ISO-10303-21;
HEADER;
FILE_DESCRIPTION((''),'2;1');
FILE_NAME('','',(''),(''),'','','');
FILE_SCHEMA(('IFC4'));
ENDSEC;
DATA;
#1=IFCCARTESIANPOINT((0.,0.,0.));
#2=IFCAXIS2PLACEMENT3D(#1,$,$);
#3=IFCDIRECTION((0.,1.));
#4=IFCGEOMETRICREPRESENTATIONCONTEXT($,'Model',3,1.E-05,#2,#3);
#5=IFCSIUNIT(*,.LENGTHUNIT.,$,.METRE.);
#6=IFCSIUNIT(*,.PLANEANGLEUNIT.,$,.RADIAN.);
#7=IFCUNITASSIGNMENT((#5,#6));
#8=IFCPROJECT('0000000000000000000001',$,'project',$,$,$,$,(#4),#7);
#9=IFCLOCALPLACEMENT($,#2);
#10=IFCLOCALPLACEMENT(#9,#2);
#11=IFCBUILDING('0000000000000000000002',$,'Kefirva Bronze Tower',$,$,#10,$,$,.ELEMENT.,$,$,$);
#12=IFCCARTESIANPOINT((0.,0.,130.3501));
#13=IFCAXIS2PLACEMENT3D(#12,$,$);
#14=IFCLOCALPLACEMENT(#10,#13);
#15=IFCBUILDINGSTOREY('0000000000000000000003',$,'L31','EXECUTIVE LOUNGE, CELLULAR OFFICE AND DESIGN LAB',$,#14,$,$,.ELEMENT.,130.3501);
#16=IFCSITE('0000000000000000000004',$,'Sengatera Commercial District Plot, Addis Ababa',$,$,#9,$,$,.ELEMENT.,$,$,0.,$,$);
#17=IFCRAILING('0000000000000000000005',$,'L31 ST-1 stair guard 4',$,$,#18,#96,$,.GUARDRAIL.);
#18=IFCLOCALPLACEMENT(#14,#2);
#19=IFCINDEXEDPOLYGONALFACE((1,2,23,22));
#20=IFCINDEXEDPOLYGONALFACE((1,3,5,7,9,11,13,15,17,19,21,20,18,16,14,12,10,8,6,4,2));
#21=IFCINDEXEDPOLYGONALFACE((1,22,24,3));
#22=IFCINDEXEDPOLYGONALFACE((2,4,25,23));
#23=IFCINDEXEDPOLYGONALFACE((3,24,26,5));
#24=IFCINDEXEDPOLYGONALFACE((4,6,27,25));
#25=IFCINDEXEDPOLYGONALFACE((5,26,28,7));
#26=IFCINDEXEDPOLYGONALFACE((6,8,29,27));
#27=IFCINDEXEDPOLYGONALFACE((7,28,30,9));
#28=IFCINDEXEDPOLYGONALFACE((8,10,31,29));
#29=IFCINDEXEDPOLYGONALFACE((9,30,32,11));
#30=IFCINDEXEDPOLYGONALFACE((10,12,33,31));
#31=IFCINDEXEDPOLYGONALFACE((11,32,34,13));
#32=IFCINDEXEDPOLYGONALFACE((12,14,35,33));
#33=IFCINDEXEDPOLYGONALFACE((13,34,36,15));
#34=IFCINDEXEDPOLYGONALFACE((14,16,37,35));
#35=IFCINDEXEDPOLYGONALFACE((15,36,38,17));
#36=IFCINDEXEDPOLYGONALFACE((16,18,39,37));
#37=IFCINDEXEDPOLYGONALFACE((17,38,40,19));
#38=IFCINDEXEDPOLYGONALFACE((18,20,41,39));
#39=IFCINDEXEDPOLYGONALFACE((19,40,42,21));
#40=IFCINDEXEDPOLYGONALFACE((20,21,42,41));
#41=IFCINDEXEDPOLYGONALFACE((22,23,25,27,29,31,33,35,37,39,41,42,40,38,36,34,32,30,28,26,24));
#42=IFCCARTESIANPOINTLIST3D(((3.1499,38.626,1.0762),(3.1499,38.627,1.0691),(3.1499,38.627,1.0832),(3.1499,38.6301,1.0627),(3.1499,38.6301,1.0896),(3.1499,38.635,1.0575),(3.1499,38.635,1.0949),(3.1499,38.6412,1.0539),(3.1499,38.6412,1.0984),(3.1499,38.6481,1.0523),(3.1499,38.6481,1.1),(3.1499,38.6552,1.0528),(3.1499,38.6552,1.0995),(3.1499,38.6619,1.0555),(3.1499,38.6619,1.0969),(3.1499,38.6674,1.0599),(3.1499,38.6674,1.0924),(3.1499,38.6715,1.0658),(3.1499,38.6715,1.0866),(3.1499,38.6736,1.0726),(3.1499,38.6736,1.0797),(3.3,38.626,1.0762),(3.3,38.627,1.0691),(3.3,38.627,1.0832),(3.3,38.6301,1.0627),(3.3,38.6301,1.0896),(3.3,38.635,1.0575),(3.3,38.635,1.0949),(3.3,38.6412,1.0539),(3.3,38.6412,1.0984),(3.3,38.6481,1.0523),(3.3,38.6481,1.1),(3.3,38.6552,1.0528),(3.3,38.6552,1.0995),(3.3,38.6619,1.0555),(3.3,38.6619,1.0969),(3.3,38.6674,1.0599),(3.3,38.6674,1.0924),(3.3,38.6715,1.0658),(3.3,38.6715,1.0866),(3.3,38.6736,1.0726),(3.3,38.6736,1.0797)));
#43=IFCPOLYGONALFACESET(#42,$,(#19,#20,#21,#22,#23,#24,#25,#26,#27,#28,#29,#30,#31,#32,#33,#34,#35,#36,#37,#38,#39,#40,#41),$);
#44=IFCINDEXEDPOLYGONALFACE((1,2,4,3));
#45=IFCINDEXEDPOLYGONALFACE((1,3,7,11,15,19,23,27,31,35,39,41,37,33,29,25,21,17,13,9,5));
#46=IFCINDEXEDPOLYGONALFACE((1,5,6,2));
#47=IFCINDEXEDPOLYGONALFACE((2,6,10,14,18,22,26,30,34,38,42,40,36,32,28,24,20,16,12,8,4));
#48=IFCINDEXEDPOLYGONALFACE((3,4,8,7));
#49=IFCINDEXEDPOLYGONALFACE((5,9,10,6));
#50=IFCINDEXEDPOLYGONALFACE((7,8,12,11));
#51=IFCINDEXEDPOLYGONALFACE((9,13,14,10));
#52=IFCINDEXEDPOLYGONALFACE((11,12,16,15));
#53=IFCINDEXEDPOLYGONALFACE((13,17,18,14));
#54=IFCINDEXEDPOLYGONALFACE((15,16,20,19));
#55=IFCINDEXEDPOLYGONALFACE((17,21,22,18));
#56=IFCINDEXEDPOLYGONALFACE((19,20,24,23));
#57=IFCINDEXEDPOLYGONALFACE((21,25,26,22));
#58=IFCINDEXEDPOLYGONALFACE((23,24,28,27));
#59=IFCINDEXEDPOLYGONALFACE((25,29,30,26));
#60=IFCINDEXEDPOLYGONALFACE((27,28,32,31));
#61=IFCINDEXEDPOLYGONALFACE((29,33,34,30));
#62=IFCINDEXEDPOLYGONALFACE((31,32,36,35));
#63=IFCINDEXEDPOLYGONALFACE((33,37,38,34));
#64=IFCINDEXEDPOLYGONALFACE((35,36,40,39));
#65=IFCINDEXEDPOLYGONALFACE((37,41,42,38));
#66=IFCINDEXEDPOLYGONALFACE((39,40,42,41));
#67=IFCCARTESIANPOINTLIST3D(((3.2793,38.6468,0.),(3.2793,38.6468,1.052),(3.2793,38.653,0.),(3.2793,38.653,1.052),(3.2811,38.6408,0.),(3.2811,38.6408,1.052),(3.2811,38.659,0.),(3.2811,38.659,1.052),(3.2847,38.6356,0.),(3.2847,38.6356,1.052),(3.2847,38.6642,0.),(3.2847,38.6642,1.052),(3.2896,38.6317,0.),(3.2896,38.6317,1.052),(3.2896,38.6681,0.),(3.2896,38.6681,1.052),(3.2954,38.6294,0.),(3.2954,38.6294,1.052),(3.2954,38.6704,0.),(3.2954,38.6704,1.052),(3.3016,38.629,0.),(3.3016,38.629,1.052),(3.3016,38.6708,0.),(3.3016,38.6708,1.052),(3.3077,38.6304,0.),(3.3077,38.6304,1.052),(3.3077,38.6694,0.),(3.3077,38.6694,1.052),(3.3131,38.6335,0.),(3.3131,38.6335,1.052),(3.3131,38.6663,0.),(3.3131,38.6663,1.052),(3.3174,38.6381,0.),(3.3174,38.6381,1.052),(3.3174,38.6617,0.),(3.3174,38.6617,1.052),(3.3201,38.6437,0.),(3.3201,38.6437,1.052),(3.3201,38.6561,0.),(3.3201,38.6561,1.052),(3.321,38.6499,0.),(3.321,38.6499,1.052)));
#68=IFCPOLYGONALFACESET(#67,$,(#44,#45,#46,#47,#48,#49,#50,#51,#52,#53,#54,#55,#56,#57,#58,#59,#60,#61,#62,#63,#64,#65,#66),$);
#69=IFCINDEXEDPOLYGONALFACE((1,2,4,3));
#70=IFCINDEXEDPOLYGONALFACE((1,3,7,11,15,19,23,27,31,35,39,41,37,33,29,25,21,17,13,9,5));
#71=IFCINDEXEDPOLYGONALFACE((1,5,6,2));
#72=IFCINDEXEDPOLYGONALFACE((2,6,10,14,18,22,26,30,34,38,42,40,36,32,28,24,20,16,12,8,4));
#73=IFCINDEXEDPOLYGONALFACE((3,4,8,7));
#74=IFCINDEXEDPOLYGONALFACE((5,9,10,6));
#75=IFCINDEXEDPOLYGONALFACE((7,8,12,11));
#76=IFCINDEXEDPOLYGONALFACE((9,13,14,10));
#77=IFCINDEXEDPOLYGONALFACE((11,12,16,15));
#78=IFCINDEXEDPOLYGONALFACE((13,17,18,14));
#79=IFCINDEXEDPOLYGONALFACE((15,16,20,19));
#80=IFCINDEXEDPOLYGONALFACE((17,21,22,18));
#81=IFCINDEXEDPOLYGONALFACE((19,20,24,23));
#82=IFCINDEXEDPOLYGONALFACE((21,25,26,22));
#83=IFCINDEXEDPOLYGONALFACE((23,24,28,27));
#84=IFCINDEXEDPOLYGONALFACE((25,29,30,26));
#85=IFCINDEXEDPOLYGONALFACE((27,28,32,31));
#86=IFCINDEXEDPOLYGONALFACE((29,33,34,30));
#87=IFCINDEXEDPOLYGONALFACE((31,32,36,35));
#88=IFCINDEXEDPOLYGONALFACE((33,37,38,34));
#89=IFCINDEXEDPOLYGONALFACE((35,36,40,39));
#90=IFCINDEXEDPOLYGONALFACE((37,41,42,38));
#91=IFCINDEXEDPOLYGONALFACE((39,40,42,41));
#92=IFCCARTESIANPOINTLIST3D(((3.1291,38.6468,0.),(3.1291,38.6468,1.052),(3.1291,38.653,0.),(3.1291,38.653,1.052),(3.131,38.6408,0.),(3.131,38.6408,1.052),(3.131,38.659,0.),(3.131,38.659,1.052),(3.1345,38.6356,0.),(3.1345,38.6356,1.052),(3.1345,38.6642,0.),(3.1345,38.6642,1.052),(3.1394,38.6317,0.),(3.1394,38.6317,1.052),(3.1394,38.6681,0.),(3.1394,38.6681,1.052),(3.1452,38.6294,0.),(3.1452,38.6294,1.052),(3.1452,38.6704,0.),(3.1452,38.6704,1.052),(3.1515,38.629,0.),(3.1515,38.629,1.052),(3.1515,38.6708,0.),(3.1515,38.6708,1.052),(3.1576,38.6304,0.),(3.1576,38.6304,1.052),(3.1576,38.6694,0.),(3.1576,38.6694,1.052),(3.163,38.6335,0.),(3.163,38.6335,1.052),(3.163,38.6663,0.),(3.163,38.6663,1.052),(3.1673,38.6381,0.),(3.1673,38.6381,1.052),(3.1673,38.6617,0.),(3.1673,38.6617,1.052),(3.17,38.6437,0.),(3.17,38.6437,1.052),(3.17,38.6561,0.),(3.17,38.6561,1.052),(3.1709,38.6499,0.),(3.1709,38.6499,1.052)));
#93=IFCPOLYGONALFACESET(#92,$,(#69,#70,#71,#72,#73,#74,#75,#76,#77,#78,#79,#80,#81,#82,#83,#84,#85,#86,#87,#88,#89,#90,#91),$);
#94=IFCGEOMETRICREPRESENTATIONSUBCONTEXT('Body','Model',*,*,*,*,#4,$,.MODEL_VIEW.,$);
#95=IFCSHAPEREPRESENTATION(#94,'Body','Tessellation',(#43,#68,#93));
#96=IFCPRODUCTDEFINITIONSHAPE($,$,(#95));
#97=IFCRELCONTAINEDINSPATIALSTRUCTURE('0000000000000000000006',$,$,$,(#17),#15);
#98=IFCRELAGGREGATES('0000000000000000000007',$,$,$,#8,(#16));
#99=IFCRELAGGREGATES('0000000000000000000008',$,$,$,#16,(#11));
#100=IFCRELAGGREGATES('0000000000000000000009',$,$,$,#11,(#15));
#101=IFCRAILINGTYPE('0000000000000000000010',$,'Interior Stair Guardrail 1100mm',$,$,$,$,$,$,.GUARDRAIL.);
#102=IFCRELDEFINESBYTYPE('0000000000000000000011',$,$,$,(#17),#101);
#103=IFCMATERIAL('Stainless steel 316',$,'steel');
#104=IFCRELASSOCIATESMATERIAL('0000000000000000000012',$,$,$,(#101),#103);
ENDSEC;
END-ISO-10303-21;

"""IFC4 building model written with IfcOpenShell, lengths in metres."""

from ifc_helpers import new_model, si_unit, direction, frame, origin, origin_2d, place, context, subcontext, project, spatial, circle, extrude, material, type_object, element, save


model = new_model("IFC4")

# Units and contexts
model_context = context("Model", 3, precision=1e-05, world=origin(), true_north=direction((0.0, 1.0)))
body_context = subcontext(model_context, "Body", "Model", "MODEL_VIEW")
ifc_project = project(units=[si_unit("LENGTHUNIT", "METRE"), si_unit("PLANEANGLEUNIT", "RADIAN")], contexts=[model_context])

# Site, building, storey
site_placement = place(None, origin())
site = spatial("IfcSite", under=ifc_project, at=site_placement, Name="Sengatera Commercial District Plot, Addis Ababa", CompositionType="ELEMENT", RefElevation=0.0)
building_placement = place(site_placement, origin())
building = spatial("IfcBuilding", under=site, at=building_placement, Name="Kefirva Bronze Tower", CompositionType="ELEMENT")
storey_placement = place(building_placement, frame((0.0, 0.0, 130.3501)))
storey = spatial("IfcBuildingStorey", under=building, at=storey_placement, Name="L31", Description="EXECUTIVE LOUNGE, CELLULAR OFFICE AND DESIGN LAB", CompositionType="ELEMENT", Elevation=130.3501)

# Shared definitions
ifc_material_1 = material(Name="Stainless steel 316", Category="steel")

# Railing
railing_type = type_object("IfcRailingType", Name="Interior Stair Guardrail 1100mm", PredefinedType="GUARDRAIL", material=ifc_material_1)
railing_placement = place(storey_placement, frame((3.3, 38.6499, 0.0)))
element("IfcRailing", 1, at=railing_placement, inside=storey, type_object=railing_type, Name="L31 ST-1 stair guard 4", PredefinedType="GUARDRAIL", context=body_context, shape_type="SweptSolid", body=[
    extrude(circle(Radius=0.0239, at=origin_2d()), frame((0.0, 0.0, 1.0762), z_axis=(-1.0, 0.0, 0.0), x_axis=(0.0, -1.0, 0.0)), (0.0, 0.0, 1.0), 0.1501),
    extrude(circle(Radius=0.021, at=origin_2d()), origin(), (0.0, 0.0, 1.0), 1.052),
    extrude(circle(Radius=0.021, at=origin_2d()), frame((-0.1501, 0.0, 0.0)), (0.0, 0.0, 1.0), 1.052),
])

save(model, "model.ifc")
